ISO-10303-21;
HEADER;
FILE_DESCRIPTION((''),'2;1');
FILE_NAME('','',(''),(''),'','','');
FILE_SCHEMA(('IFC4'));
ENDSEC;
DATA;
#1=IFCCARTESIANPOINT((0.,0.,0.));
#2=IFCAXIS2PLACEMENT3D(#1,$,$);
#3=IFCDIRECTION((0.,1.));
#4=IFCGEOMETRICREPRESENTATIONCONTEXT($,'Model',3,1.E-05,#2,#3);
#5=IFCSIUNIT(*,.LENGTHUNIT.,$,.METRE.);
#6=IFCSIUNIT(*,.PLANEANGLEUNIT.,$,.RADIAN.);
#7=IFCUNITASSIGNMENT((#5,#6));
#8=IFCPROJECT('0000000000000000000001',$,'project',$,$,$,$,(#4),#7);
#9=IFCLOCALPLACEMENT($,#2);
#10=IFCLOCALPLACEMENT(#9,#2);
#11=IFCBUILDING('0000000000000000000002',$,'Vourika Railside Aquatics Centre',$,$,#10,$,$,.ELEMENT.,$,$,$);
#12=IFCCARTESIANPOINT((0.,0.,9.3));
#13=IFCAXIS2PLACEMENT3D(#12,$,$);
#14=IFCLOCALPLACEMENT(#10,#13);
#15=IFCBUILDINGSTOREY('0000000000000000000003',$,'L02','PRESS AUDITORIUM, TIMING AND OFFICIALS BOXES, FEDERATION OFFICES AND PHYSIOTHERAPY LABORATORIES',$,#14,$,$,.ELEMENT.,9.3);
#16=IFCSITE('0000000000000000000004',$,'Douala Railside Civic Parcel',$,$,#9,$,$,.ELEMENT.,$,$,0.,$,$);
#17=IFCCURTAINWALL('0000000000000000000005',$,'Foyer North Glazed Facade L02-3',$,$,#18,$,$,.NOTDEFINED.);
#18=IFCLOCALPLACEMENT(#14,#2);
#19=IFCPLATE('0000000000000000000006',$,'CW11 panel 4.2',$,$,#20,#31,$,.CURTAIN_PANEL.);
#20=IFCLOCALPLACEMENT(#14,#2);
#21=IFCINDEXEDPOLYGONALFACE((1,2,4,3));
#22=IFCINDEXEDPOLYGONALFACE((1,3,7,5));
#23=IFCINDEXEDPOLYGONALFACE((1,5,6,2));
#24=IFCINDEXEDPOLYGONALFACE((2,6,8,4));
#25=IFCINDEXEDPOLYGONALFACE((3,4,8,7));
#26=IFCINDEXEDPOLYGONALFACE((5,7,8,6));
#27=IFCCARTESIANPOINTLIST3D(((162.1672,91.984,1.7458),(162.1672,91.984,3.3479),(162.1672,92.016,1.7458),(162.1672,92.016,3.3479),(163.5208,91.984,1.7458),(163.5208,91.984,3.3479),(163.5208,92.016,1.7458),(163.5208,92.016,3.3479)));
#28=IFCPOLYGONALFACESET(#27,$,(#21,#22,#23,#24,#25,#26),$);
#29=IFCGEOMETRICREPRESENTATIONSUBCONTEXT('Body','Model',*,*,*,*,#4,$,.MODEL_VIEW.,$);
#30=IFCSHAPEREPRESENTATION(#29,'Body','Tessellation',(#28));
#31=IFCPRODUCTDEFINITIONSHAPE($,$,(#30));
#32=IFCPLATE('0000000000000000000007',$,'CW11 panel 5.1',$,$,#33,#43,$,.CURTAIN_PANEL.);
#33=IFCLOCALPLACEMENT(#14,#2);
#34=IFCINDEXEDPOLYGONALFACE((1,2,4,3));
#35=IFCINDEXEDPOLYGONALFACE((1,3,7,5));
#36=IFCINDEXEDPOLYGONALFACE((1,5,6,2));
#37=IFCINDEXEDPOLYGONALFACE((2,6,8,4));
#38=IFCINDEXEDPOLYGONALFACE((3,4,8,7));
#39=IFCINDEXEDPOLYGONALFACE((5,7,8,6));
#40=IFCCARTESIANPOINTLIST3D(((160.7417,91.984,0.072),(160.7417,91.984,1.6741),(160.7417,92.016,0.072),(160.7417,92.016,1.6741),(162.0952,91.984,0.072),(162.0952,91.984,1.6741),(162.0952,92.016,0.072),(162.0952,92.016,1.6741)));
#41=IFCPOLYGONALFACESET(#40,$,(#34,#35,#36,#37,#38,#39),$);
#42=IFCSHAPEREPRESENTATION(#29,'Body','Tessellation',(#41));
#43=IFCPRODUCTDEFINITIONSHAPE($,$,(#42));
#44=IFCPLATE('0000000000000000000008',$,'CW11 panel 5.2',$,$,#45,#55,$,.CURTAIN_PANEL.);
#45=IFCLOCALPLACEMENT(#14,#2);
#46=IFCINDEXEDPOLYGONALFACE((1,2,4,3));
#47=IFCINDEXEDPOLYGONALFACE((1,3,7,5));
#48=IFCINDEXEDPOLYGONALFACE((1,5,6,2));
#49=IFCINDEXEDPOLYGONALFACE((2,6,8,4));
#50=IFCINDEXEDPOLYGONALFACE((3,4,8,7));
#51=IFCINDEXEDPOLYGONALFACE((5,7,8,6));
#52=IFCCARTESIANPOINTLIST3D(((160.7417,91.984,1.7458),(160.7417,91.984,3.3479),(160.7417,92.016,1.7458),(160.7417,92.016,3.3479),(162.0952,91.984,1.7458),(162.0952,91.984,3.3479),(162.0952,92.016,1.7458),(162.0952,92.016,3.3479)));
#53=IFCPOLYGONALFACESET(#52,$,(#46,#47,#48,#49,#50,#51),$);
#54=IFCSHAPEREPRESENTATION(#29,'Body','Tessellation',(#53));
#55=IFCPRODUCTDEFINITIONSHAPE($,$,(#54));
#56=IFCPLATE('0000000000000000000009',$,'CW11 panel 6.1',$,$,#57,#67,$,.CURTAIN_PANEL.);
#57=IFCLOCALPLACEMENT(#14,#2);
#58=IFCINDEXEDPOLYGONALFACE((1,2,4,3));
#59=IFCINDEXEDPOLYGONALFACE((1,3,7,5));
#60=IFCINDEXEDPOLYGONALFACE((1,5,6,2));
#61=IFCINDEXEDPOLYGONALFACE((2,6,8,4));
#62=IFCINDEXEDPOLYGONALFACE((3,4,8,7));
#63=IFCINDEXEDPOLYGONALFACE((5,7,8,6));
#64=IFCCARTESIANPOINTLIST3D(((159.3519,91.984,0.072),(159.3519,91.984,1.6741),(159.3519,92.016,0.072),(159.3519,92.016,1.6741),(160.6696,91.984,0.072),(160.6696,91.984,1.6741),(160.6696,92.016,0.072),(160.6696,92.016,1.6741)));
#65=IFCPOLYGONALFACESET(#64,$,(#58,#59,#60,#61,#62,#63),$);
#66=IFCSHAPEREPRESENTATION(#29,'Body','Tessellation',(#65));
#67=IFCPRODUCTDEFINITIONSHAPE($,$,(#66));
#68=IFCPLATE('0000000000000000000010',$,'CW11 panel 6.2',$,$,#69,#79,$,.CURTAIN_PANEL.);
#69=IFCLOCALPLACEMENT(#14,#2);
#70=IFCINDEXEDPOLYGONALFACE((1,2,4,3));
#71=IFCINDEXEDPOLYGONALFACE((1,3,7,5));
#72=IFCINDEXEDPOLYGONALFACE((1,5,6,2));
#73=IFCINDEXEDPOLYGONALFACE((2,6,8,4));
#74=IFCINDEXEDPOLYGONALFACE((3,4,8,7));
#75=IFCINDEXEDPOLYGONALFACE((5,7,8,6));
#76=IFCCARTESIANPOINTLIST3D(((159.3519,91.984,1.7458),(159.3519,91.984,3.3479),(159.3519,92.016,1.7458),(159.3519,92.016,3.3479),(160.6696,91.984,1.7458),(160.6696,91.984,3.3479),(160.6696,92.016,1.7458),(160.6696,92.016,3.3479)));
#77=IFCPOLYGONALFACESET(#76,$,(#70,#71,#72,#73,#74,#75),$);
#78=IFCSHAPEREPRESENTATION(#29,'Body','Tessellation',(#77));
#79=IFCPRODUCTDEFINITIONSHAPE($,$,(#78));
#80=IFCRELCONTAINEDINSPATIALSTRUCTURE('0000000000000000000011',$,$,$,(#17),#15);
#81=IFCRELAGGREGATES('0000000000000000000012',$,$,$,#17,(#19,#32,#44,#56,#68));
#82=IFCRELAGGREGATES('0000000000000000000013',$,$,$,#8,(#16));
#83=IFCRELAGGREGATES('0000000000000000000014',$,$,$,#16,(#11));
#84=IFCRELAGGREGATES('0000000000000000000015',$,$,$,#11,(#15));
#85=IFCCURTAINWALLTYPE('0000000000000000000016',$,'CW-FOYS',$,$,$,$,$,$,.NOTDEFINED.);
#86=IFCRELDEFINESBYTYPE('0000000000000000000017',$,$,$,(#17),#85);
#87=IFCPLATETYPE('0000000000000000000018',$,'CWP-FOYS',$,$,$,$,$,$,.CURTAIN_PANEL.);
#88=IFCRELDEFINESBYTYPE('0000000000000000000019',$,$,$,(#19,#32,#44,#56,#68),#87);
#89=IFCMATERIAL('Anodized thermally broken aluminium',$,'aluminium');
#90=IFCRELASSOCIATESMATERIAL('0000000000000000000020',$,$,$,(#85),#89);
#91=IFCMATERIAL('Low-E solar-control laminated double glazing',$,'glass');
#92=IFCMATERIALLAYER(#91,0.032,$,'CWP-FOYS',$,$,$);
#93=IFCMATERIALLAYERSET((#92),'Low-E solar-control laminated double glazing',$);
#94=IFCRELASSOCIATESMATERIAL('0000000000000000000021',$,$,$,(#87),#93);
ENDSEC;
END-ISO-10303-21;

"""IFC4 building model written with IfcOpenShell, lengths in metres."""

from ifc_helpers import new_model, si_unit, direction, frame, origin, origin_2d, place, context, subcontext, project, spatial, rectangle, extrude, material, layer, layer_set, type_object, element, aggregate, save


model = new_model("IFC4")

# Units and contexts
model_context = context("Model", 3, precision=1e-05, world=origin(), true_north=direction((0.0, 1.0)))
body_context = subcontext(model_context, "Body", "Model", "MODEL_VIEW")
ifc_project = project(units=[si_unit("LENGTHUNIT", "METRE"), si_unit("PLANEANGLEUNIT", "RADIAN")], contexts=[model_context])

# Site, building, storey
site_placement = place(None, origin())
site = spatial("IfcSite", under=ifc_project, at=site_placement, Name="Douala Railside Civic Parcel", CompositionType="ELEMENT", RefElevation=0.0)
building_placement = place(site_placement, origin())
building = spatial("IfcBuilding", under=site, at=building_placement, Name="Vourika Railside Aquatics Centre", CompositionType="ELEMENT")
storey_placement = place(building_placement, frame((0.0, 0.0, 9.3)))
storey = spatial("IfcBuildingStorey", under=building, at=storey_placement, Name="L02", Description="PRESS AUDITORIUM, TIMING AND OFFICIALS BOXES, FEDERATION OFFICES AND PHYSIOTHERAPY LABORATORIES", CompositionType="ELEMENT", Elevation=9.3)

# Curtain wall
ifc_material_1 = material(Name="Anodized thermally broken aluminium", Category="aluminium")
curtain_wall_type = type_object("IfcCurtainWallType", Name="CW-FOYS", PredefinedType="NOTDEFINED", material=ifc_material_1)
curtain_wall_1_placement = place(storey_placement, origin())
curtain_wall_1 = element("IfcCurtainWall", 1, at=curtain_wall_1_placement, inside=storey, type_object=curtain_wall_type, Name="Foyer North Glazed Facade L02-3", PredefinedType="NOTDEFINED")

# Plates
ifc_material_2 = material(Name="Low-E solar-control laminated double glazing", Category="glass")
ifc_layer = layer(ifc_material_2, 0.032, Name="CWP-FOYS")
ifc_layer_set = layer_set([ifc_layer], Name="Low-E solar-control laminated double glazing")
plate_type = type_object("IfcPlateType", Name="CWP-FOYS", PredefinedType="CURTAIN_PANEL", material=ifc_layer_set)
plate_1_placement = place(storey_placement, frame((162.844, 92.0, 1.7458), z_axis=(0.0, 0.0, 1.0), x_axis=(-1.0, 0.0, 0.0)))
plate_1 = element("IfcPlate", 2, at=plate_1_placement, type_object=plate_type, Name="CW11 panel 4.2", PredefinedType="CURTAIN_PANEL", context=body_context, shape_type="SweptSolid", body=[
    extrude(rectangle(XDim=1.3535, YDim=0.032, at=origin_2d()), origin(), (0.0, 0.0, 1.0), 1.6021),
])
plate_2_placement = place(storey_placement, frame((161.4185, 92.0, 0.072), z_axis=(0.0, 0.0, 1.0), x_axis=(-1.0, 0.0, 0.0)))
plate_2 = element("IfcPlate", 3, at=plate_2_placement, type_object=plate_type, Name="CW11 panel 5.1", PredefinedType="CURTAIN_PANEL", context=body_context, shape_type="SweptSolid", body=[
    extrude(rectangle(XDim=1.3535, YDim=0.032, at=origin_2d()), origin(), (0.0, 0.0, 1.0), 1.6021),
])
plate_3_placement = place(storey_placement, frame((161.4185, 92.0, 1.7458), z_axis=(0.0, 0.0, 1.0), x_axis=(-1.0, 0.0, 0.0)))
plate_3 = element("IfcPlate", 4, at=plate_3_placement, type_object=plate_type, Name="CW11 panel 5.2", PredefinedType="CURTAIN_PANEL", context=body_context, shape_type="SweptSolid", body=[
    extrude(rectangle(XDim=1.3535, YDim=0.032, at=origin_2d()), origin(), (0.0, 0.0, 1.0), 1.6021),
])
plate_4_placement = place(storey_placement, frame((160.0107, 92.0, 0.072), z_axis=(0.0, 0.0, 1.0), x_axis=(-1.0, 0.0, 0.0)))
plate_4 = element("IfcPlate", 5, at=plate_4_placement, type_object=plate_type, Name="CW11 panel 6.1", PredefinedType="CURTAIN_PANEL", context=body_context, shape_type="SweptSolid", body=[
    extrude(rectangle(XDim=1.3176, YDim=0.032, at=origin_2d()), origin(), (0.0, 0.0, 1.0), 1.6021),
])
plate_5_placement = place(storey_placement, frame((160.0107, 92.0, 1.7458), z_axis=(0.0, 0.0, 1.0), x_axis=(-1.0, 0.0, 0.0)))
plate_5 = element("IfcPlate", 6, at=plate_5_placement, type_object=plate_type, Name="CW11 panel 6.2", PredefinedType="CURTAIN_PANEL", context=body_context, shape_type="SweptSolid", body=[
    extrude(rectangle(XDim=1.3176, YDim=0.032, at=origin_2d()), origin(), (0.0, 0.0, 1.0), 1.6021),
])
aggregate(curtain_wall_1, [plate_1, plate_2, plate_3, plate_4, plate_5])

save(model, "model.ifc")
